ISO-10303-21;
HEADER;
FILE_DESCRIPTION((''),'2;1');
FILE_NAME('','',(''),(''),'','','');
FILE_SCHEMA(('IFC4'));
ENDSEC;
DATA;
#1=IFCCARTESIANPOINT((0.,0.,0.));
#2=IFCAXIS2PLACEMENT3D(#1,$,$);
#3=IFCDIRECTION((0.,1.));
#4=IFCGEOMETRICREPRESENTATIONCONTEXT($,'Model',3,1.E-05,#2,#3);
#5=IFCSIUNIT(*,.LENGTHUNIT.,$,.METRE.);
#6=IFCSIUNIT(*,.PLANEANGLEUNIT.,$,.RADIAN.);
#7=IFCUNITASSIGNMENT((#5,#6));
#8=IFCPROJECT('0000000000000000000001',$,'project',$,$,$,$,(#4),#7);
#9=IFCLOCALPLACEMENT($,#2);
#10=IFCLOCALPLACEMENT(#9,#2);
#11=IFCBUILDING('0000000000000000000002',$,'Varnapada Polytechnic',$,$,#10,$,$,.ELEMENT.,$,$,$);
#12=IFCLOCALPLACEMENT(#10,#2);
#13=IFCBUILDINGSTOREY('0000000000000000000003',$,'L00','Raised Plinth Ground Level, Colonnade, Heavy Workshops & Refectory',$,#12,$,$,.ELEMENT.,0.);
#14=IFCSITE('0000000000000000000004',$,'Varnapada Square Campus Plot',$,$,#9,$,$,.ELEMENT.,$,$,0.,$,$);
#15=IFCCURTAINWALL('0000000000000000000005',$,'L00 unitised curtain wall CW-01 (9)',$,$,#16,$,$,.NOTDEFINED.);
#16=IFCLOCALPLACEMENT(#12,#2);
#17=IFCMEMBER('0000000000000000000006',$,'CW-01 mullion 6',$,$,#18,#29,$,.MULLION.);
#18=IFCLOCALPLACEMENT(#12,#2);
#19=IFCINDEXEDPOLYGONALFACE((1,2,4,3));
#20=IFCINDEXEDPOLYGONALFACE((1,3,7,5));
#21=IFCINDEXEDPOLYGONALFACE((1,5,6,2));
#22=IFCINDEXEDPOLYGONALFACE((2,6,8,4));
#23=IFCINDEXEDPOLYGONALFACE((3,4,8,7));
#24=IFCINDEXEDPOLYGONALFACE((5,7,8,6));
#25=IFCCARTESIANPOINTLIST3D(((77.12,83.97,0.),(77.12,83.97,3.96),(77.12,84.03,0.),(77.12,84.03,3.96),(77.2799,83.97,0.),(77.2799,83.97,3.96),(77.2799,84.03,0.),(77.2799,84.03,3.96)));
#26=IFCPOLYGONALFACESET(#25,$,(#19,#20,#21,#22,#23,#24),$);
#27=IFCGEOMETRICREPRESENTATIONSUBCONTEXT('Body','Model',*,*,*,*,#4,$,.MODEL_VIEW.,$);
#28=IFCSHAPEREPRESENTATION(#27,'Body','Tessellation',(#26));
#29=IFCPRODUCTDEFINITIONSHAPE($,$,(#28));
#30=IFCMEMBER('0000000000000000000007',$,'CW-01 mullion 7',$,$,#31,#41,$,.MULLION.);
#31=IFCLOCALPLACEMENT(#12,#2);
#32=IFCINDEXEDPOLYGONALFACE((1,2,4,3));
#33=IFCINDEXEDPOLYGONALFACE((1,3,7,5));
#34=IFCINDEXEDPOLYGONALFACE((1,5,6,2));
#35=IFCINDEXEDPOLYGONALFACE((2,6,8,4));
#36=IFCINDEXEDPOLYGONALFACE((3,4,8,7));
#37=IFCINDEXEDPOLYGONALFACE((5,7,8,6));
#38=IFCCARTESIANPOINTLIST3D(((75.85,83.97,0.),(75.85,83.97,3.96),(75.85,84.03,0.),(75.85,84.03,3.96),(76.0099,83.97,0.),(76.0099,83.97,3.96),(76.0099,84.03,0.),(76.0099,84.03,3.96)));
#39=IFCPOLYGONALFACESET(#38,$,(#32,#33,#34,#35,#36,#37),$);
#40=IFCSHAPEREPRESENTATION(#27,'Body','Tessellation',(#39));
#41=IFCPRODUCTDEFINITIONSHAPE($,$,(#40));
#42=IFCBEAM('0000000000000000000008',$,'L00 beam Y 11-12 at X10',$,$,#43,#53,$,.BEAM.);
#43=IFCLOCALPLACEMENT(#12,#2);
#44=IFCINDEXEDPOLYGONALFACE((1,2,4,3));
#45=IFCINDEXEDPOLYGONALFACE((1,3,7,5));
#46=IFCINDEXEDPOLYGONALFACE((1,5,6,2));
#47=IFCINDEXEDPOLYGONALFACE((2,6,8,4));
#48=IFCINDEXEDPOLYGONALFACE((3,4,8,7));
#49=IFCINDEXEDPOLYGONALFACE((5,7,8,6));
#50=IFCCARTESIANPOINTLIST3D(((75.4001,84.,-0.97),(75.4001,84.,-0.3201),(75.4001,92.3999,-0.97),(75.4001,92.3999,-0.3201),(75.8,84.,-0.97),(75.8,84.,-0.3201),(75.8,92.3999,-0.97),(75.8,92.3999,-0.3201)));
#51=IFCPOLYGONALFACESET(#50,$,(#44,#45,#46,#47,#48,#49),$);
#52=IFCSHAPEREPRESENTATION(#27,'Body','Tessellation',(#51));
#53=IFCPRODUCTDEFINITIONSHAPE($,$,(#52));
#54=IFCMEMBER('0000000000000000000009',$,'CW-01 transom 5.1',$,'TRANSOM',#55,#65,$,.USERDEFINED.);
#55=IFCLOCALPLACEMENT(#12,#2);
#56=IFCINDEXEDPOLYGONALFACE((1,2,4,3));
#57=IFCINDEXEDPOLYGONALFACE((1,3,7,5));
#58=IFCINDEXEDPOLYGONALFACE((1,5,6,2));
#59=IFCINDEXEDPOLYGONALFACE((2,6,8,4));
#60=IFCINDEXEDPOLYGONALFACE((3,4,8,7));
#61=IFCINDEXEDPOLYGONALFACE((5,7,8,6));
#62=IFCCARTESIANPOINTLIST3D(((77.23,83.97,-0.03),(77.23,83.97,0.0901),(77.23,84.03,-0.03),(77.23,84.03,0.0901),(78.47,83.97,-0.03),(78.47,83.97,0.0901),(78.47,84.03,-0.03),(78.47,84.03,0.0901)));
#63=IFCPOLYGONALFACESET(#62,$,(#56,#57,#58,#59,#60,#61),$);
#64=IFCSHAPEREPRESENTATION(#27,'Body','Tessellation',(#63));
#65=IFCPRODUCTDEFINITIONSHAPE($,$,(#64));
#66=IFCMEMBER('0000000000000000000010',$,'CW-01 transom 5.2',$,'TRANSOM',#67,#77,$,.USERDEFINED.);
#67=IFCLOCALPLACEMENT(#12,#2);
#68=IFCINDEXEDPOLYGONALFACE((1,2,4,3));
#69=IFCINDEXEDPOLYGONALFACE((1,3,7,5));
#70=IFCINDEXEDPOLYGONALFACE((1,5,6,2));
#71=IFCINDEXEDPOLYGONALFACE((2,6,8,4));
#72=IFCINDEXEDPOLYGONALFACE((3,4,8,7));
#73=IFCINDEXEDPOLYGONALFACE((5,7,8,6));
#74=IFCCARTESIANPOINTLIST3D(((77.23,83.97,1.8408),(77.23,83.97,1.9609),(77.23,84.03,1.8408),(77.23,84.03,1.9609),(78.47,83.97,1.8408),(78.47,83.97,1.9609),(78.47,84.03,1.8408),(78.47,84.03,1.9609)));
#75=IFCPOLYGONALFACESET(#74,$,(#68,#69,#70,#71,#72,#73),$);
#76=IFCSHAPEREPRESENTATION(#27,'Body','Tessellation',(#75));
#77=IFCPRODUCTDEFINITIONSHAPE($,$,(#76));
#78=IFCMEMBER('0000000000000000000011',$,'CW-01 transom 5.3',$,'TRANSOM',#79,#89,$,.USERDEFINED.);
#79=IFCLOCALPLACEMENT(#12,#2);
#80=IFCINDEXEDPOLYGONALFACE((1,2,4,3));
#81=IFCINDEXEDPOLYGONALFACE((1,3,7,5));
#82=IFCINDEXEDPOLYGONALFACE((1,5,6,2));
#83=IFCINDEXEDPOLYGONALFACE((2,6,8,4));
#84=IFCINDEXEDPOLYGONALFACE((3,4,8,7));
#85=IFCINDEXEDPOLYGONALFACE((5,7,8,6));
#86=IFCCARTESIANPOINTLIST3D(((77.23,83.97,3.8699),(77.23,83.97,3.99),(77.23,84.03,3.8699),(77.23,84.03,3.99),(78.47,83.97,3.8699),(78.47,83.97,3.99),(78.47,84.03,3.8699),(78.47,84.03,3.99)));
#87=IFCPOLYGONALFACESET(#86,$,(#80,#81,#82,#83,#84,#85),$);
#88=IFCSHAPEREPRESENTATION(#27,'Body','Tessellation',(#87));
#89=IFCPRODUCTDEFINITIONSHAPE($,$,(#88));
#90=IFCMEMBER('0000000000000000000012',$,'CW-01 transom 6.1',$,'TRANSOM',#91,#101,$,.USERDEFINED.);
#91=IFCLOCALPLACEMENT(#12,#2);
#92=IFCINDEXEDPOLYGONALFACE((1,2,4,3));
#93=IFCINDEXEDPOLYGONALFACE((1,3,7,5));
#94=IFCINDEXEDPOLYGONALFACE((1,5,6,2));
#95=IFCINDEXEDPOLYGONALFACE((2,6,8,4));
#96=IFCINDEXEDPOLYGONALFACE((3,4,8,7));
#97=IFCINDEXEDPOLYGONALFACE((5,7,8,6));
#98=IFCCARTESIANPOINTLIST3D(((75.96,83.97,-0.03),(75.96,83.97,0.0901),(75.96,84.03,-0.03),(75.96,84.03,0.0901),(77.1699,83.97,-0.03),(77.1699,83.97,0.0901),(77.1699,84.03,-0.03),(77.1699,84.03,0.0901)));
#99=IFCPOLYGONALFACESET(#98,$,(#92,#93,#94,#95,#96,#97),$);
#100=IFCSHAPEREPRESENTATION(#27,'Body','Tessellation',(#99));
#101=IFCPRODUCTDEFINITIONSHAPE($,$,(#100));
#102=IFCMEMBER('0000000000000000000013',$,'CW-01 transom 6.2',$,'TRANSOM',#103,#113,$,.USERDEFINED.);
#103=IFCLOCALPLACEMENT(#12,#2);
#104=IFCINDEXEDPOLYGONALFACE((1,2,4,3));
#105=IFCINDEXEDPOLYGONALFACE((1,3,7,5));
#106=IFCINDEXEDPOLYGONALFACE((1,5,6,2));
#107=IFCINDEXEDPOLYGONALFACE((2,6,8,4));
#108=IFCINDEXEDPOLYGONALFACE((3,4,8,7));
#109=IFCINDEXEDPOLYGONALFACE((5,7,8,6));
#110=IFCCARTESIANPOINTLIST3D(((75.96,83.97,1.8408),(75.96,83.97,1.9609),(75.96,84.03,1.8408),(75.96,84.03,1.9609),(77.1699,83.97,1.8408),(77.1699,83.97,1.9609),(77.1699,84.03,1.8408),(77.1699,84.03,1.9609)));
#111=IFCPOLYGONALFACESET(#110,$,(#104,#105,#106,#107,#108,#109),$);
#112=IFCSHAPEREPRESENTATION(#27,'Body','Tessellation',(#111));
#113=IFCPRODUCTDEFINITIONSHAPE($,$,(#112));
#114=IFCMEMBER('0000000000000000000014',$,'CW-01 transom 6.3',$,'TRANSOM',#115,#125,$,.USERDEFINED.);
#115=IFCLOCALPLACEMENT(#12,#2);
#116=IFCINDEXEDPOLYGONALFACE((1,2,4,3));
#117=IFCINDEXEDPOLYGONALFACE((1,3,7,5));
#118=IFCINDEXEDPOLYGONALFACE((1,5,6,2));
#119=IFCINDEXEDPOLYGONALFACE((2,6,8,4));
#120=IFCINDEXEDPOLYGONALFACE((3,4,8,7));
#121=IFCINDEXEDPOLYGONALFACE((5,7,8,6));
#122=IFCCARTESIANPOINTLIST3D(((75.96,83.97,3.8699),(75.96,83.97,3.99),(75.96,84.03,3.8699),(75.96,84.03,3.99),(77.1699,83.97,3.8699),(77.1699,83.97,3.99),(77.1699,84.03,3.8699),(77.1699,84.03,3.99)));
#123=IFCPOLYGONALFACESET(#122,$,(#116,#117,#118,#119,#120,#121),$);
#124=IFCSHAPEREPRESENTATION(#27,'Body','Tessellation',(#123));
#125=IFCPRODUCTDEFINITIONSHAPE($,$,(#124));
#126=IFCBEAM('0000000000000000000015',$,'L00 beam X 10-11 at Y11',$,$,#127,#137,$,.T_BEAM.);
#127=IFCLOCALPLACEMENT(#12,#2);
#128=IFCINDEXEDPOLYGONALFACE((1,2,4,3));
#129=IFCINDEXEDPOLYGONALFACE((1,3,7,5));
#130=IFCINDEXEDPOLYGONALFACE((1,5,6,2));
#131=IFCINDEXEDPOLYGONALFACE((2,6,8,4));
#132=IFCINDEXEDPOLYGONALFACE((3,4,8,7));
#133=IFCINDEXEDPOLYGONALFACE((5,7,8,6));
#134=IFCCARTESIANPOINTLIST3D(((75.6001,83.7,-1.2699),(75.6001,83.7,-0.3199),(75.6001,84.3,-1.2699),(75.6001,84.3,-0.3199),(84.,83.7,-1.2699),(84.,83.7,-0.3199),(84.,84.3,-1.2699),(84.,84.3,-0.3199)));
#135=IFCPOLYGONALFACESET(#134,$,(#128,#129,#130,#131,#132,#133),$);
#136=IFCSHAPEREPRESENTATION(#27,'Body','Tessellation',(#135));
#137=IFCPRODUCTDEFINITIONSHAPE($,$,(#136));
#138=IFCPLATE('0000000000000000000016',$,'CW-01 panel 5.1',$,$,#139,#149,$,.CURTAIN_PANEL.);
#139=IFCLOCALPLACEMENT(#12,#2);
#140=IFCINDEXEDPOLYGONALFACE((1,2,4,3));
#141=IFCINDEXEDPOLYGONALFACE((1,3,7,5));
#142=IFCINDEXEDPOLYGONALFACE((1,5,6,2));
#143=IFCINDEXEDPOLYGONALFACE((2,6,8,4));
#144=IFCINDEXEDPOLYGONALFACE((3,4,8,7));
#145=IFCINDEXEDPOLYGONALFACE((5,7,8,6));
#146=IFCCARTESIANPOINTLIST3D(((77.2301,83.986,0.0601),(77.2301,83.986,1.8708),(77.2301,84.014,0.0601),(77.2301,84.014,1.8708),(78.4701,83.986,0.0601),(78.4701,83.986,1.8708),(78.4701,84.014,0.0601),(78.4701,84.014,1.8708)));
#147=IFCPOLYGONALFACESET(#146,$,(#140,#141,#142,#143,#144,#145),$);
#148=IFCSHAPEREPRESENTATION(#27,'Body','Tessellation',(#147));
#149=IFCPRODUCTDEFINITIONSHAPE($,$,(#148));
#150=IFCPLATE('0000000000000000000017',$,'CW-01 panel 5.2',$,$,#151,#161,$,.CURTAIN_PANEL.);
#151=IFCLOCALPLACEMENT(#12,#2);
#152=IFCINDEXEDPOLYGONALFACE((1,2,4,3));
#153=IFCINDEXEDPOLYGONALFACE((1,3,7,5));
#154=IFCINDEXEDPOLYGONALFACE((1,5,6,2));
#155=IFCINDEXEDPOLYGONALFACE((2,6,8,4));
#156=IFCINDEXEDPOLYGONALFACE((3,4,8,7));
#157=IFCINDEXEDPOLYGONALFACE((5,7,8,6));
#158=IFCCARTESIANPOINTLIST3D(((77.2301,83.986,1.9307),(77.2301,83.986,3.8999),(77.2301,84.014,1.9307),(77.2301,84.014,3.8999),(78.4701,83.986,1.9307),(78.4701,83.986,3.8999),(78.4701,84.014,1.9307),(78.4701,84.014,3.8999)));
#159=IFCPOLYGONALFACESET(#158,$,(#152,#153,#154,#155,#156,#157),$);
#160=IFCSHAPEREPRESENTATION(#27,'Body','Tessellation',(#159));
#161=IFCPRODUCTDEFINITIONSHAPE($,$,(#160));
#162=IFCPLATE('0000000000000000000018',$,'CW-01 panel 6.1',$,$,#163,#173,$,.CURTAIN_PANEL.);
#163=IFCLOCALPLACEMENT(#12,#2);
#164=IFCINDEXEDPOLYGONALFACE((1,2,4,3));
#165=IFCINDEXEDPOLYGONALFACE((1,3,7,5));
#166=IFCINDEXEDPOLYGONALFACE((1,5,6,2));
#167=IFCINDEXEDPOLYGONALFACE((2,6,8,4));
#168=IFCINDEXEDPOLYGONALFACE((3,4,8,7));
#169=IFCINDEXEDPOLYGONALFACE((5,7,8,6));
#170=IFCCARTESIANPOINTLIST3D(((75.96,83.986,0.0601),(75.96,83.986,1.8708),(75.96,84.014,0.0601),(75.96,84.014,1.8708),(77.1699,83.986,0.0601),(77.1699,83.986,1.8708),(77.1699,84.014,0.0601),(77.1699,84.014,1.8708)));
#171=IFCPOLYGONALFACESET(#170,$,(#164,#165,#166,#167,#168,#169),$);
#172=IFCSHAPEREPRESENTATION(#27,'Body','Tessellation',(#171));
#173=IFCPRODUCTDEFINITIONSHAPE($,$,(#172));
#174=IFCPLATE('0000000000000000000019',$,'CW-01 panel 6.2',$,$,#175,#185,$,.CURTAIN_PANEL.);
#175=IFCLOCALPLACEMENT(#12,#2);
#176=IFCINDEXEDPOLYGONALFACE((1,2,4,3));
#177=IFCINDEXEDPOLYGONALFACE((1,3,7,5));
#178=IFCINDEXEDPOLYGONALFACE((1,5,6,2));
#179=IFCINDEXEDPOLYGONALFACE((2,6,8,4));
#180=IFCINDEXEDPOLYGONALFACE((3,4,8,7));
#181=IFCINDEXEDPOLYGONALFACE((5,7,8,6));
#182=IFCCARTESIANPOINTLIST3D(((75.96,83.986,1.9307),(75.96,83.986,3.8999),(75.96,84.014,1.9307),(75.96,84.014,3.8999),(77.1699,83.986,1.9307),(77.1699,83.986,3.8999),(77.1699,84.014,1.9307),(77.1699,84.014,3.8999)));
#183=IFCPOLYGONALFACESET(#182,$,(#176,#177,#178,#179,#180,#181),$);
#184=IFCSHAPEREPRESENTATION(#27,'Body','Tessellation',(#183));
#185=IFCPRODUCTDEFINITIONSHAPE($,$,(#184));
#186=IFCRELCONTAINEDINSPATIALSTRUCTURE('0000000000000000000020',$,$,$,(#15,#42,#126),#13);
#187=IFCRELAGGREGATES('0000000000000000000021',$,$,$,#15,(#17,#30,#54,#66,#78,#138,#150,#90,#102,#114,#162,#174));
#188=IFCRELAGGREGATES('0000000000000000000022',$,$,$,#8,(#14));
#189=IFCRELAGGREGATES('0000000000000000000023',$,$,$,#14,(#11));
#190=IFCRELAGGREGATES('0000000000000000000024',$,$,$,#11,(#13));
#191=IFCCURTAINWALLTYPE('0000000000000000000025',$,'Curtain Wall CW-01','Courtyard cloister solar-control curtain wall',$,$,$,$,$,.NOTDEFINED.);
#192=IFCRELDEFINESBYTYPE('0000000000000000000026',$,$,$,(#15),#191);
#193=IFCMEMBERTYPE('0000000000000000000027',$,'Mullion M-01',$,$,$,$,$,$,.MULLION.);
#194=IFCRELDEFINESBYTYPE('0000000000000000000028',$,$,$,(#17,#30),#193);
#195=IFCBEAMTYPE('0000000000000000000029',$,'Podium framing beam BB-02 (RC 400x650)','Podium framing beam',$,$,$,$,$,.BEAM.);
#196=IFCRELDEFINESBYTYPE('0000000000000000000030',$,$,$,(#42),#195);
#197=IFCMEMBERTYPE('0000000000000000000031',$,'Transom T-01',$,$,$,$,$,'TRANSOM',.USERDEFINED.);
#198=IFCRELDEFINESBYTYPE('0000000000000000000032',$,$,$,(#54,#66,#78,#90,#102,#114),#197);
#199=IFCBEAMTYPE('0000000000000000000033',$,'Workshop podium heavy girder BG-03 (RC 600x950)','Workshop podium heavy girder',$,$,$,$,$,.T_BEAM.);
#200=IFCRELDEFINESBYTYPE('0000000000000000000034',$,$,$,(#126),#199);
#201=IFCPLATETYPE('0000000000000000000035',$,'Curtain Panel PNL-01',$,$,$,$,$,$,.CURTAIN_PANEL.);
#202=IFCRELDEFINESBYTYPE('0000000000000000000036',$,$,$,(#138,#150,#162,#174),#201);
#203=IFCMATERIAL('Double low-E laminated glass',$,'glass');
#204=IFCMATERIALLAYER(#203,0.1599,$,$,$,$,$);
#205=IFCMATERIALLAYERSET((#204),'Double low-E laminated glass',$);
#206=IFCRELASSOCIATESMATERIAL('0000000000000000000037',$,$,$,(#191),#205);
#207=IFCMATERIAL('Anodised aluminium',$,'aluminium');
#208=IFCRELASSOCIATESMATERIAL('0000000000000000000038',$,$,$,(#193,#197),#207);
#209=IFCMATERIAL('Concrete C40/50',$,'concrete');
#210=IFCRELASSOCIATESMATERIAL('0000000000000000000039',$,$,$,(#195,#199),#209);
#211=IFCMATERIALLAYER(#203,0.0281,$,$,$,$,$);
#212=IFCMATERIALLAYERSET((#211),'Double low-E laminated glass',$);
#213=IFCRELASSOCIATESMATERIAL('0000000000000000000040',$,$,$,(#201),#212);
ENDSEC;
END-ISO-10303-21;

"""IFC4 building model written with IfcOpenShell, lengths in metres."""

from ifc_helpers import new_model, si_unit, direction, frame, origin, origin_2d, place, context, subcontext, project, spatial, rectangle, extrude, material, layer, layer_set, material_profile, profile_set, type_object, element, aggregate, save


model = new_model("IFC4")

# Units and contexts
model_context = context("Model", 3, precision=1e-05, world=origin(), true_north=direction((0.0, 1.0)))
body_context = subcontext(model_context, "Body", "Model", "MODEL_VIEW")
ifc_project = project(units=[si_unit("LENGTHUNIT", "METRE"), si_unit("PLANEANGLEUNIT", "RADIAN")], contexts=[model_context])

# Site, building, storey
site_placement = place(None, origin())
site = spatial("IfcSite", under=ifc_project, at=site_placement, Name="Varnapada Square Campus Plot", CompositionType="ELEMENT", RefElevation=0.0)
building_placement = place(site_placement, origin())
building = spatial("IfcBuilding", under=site, at=building_placement, Name="Varnapada Polytechnic", CompositionType="ELEMENT")
storey_placement = place(building_placement, origin())
storey = spatial("IfcBuildingStorey", under=building, at=storey_placement, Name="L00", Description="Raised Plinth Ground Level, Colonnade, Heavy Workshops & Refectory", CompositionType="ELEMENT", Elevation=0.0)

# Curtain wall, members
ifc_material_1 = material(Name="Double low-E laminated glass", Category="glass")
ifc_layer_1 = layer(ifc_material_1, 0.1599)
ifc_layer_set_1 = layer_set([ifc_layer_1], Name="Double low-E laminated glass")
curtain_wall_type = type_object("IfcCurtainWallType", Name="Curtain Wall CW-01", Description="Courtyard cloister solar-control curtain wall", PredefinedType="NOTDEFINED", material=ifc_layer_set_1)
curtain_wall_placement = place(storey_placement, origin())
curtain_wall = element("IfcCurtainWall", 1, at=curtain_wall_placement, inside=storey, type_object=curtain_wall_type, Name="L00 unitised curtain wall CW-01 (9)", PredefinedType="NOTDEFINED")
ifc_material_2 = material(Name="Anodised aluminium", Category="aluminium")
ifc_material_profile_1 = material_profile(ifc_material_2, rectangle(XDim=0.0601, YDim=0.1599, at=origin_2d()), Name="ALU M60x160")
ifc_profile_set_1 = profile_set([ifc_material_profile_1], Name="Anodised aluminium")
member_type_1 = type_object("IfcMemberType", Name="Mullion M-01", PredefinedType="MULLION", material=ifc_profile_set_1)
member_1_placement = place(storey_placement, frame((77.2, 84.0, 0.0), z_axis=(0.0, 0.0, 1.0), x_axis=(0.0, -1.0, 0.0)))
member_1 = element("IfcMember", 2, at=member_1_placement, type_object=member_type_1, Name="CW-01 mullion 6", PredefinedType="MULLION", context=body_context, shape_type="SweptSolid", body=[
    extrude(rectangle(XDim=0.0601, YDim=0.1599, at=origin_2d()), origin(), (0.0, 0.0, 1.0), 3.96),
])
member_2_placement = place(storey_placement, frame((75.9299, 84.0, 0.0), z_axis=(0.0, 0.0, 1.0), x_axis=(0.0, -1.0, 0.0)))
member_2 = element("IfcMember", 3, at=member_2_placement, type_object=member_type_1, Name="CW-01 mullion 7", PredefinedType="MULLION", context=body_context, shape_type="SweptSolid", body=[
    extrude(rectangle(XDim=0.0601, YDim=0.1599, at=origin_2d()), origin(), (0.0, 0.0, 1.0), 3.96),
])

# Beam
ifc_material_3 = material(Name="Concrete C40/50", Category="concrete")
ifc_material_profile_2 = material_profile(ifc_material_3, rectangle(XDim=0.3999, YDim=0.6499, at=origin_2d()), Name="RC 400x650")
ifc_profile_set_2 = profile_set([ifc_material_profile_2], Name="Concrete C40/50")
beam_type_1 = type_object("IfcBeamType", Name="Podium framing beam BB-02 (RC 400x650)", Description="Podium framing beam", PredefinedType="BEAM", material=ifc_profile_set_2)
beam_1_placement = place(storey_placement, frame((75.6001, 84.0, -0.645), z_axis=(0.0, 1.0, 0.0), x_axis=(-1.0, 0.0, 0.0)))
element("IfcBeam", 4, at=beam_1_placement, inside=storey, type_object=beam_type_1, Name="L00 beam Y 11-12 at X10", PredefinedType="BEAM", context=body_context, shape_type="SweptSolid", body=[
    extrude(rectangle(XDim=0.3999, YDim=0.6499, at=origin_2d()), origin(), (0.0, 0.0, 1.0), 8.3999),
])

# Members
ifc_material_profile_3 = material_profile(ifc_material_2, rectangle(XDim=0.0601, YDim=0.1201, at=origin_2d()), Name="ALU T60x120")
ifc_profile_set_3 = profile_set([ifc_material_profile_3], Name="Anodised aluminium")
member_type_2 = type_object("IfcMemberType", Name="Transom T-01", ElementType="TRANSOM", PredefinedType="USERDEFINED", material=ifc_profile_set_3)
member_3_placement = place(storey_placement, frame((78.47, 84.0, 0.03), z_axis=(-1.0, 0.0, 0.0), x_axis=(0.0, -1.0, 0.0)))
member_3 = element("IfcMember", 5, at=member_3_placement, type_object=member_type_2, Name="CW-01 transom 5.1", ObjectType="TRANSOM", PredefinedType="USERDEFINED", context=body_context, shape_type="SweptSolid", body=[
    extrude(rectangle(XDim=0.0601, YDim=0.1201, at=origin_2d()), origin(), (0.0, 0.0, 1.0), 1.24),
])
member_4_placement = place(storey_placement, frame((78.47, 84.0, 1.9009), z_axis=(-1.0, 0.0, 0.0), x_axis=(0.0, -1.0, 0.0)))
member_4 = element("IfcMember", 6, at=member_4_placement, type_object=member_type_2, Name="CW-01 transom 5.2", ObjectType="TRANSOM", PredefinedType="USERDEFINED", context=body_context, shape_type="SweptSolid", body=[
    extrude(rectangle(XDim=0.0601, YDim=0.1201, at=origin_2d()), origin(), (0.0, 0.0, 1.0), 1.24),
])
member_5_placement = place(storey_placement, frame((78.47, 84.0, 3.9299), z_axis=(-1.0, 0.0, 0.0), x_axis=(0.0, -1.0, 0.0)))
member_5 = element("IfcMember", 7, at=member_5_placement, type_object=member_type_2, Name="CW-01 transom 5.3", ObjectType="TRANSOM", PredefinedType="USERDEFINED", context=body_context, shape_type="SweptSolid", body=[
    extrude(rectangle(XDim=0.0601, YDim=0.1201, at=origin_2d()), origin(), (0.0, 0.0, 1.0), 1.24),
])
member_6_placement = place(storey_placement, frame((77.1699, 84.0, 0.03), z_axis=(-1.0, 0.0, 0.0), x_axis=(0.0, -1.0, 0.0)))
member_6 = element("IfcMember", 8, at=member_6_placement, type_object=member_type_2, Name="CW-01 transom 6.1", ObjectType="TRANSOM", PredefinedType="USERDEFINED", context=body_context, shape_type="SweptSolid", body=[
    extrude(rectangle(XDim=0.0601, YDim=0.1201, at=origin_2d()), origin(), (0.0, 0.0, 1.0), 1.21),
])
member_7_placement = place(storey_placement, frame((77.1699, 84.0, 1.9009), z_axis=(-1.0, 0.0, 0.0), x_axis=(0.0, -1.0, 0.0)))
member_7 = element("IfcMember", 9, at=member_7_placement, type_object=member_type_2, Name="CW-01 transom 6.2", ObjectType="TRANSOM", PredefinedType="USERDEFINED", context=body_context, shape_type="SweptSolid", body=[
    extrude(rectangle(XDim=0.0601, YDim=0.1201, at=origin_2d()), origin(), (0.0, 0.0, 1.0), 1.21),
])
member_8_placement = place(storey_placement, frame((77.1699, 84.0, 3.9299), z_axis=(-1.0, 0.0, 0.0), x_axis=(0.0, -1.0, 0.0)))
member_8 = element("IfcMember", 10, at=member_8_placement, type_object=member_type_2, Name="CW-01 transom 6.3", ObjectType="TRANSOM", PredefinedType="USERDEFINED", context=body_context, shape_type="SweptSolid", body=[
    extrude(rectangle(XDim=0.0601, YDim=0.1201, at=origin_2d()), origin(), (0.0, 0.0, 1.0), 1.21),
])

# Beam
ifc_material_profile_4 = material_profile(ifc_material_3, rectangle(XDim=0.6001, YDim=0.95, at=origin_2d()), Name="RC 600x950")
ifc_profile_set_4 = profile_set([ifc_material_profile_4], Name="Concrete C40/50")
beam_type_2 = type_object("IfcBeamType", Name="Workshop podium heavy girder BG-03 (RC 600x950)", Description="Workshop podium heavy girder", PredefinedType="T_BEAM", material=ifc_profile_set_4)
beam_2_placement = place(storey_placement, frame((75.6001, 84.0, -0.7949), z_axis=(1.0, 0.0, 0.0), x_axis=(0.0, 1.0, 0.0)))
element("IfcBeam", 11, at=beam_2_placement, inside=storey, type_object=beam_type_2, Name="L00 beam X 10-11 at Y11", PredefinedType="T_BEAM", context=body_context, shape_type="SweptSolid", body=[
    extrude(rectangle(XDim=0.6001, YDim=0.95, at=origin_2d()), origin(), (0.0, 0.0, 1.0), 8.3999),
])

# Plates
ifc_layer_2 = layer(ifc_material_1, 0.0281)
ifc_layer_set_2 = layer_set([ifc_layer_2], Name="Double low-E laminated glass")
plate_type = type_object("IfcPlateType", Name="Curtain Panel PNL-01", PredefinedType="CURTAIN_PANEL", material=ifc_layer_set_2)
plate_1_placement = place(storey_placement, frame((77.8501, 84.0, 0.0601), z_axis=(0.0, 0.0, 1.0), x_axis=(-1.0, 0.0, 0.0)))
plate_1 = element("IfcPlate", 12, at=plate_1_placement, type_object=plate_type, Name="CW-01 panel 5.1", PredefinedType="CURTAIN_PANEL", context=body_context, shape_type="SweptSolid", body=[
    extrude(rectangle(XDim=1.24, YDim=0.0281, at=origin_2d()), origin(), (0.0, 0.0, 1.0), 1.8108),
])
plate_2_placement = place(storey_placement, frame((77.8501, 84.0, 1.9307), z_axis=(0.0, 0.0, 1.0), x_axis=(-1.0, 0.0, 0.0)))
plate_2 = element("IfcPlate", 13, at=plate_2_placement, type_object=plate_type, Name="CW-01 panel 5.2", PredefinedType="CURTAIN_PANEL", context=body_context, shape_type="SweptSolid", body=[
    extrude(rectangle(XDim=1.24, YDim=0.0281, at=origin_2d()), origin(), (0.0, 0.0, 1.0), 1.9692),
])
plate_3_placement = place(storey_placement, frame((76.5649, 84.0, 0.0601), z_axis=(0.0, 0.0, 1.0), x_axis=(-1.0, 0.0, 0.0)))
plate_3 = element("IfcPlate", 14, at=plate_3_placement, type_object=plate_type, Name="CW-01 panel 6.1", PredefinedType="CURTAIN_PANEL", context=body_context, shape_type="SweptSolid", body=[
    extrude(rectangle(XDim=1.21, YDim=0.0281, at=origin_2d()), origin(), (0.0, 0.0, 1.0), 1.8108),
])
plate_4_placement = place(storey_placement, frame((76.5649, 84.0, 1.9307), z_axis=(0.0, 0.0, 1.0), x_axis=(-1.0, 0.0, 0.0)))
plate_4 = element("IfcPlate", 15, at=plate_4_placement, type_object=plate_type, Name="CW-01 panel 6.2", PredefinedType="CURTAIN_PANEL", context=body_context, shape_type="SweptSolid", body=[
    extrude(rectangle(XDim=1.21, YDim=0.0281, at=origin_2d()), origin(), (0.0, 0.0, 1.0), 1.9692),
])
aggregate(curtain_wall, [member_1, member_2, member_3, member_4, member_5, plate_1, plate_2, member_6, member_7, member_8, plate_3, plate_4])

save(model, "model.ifc")
